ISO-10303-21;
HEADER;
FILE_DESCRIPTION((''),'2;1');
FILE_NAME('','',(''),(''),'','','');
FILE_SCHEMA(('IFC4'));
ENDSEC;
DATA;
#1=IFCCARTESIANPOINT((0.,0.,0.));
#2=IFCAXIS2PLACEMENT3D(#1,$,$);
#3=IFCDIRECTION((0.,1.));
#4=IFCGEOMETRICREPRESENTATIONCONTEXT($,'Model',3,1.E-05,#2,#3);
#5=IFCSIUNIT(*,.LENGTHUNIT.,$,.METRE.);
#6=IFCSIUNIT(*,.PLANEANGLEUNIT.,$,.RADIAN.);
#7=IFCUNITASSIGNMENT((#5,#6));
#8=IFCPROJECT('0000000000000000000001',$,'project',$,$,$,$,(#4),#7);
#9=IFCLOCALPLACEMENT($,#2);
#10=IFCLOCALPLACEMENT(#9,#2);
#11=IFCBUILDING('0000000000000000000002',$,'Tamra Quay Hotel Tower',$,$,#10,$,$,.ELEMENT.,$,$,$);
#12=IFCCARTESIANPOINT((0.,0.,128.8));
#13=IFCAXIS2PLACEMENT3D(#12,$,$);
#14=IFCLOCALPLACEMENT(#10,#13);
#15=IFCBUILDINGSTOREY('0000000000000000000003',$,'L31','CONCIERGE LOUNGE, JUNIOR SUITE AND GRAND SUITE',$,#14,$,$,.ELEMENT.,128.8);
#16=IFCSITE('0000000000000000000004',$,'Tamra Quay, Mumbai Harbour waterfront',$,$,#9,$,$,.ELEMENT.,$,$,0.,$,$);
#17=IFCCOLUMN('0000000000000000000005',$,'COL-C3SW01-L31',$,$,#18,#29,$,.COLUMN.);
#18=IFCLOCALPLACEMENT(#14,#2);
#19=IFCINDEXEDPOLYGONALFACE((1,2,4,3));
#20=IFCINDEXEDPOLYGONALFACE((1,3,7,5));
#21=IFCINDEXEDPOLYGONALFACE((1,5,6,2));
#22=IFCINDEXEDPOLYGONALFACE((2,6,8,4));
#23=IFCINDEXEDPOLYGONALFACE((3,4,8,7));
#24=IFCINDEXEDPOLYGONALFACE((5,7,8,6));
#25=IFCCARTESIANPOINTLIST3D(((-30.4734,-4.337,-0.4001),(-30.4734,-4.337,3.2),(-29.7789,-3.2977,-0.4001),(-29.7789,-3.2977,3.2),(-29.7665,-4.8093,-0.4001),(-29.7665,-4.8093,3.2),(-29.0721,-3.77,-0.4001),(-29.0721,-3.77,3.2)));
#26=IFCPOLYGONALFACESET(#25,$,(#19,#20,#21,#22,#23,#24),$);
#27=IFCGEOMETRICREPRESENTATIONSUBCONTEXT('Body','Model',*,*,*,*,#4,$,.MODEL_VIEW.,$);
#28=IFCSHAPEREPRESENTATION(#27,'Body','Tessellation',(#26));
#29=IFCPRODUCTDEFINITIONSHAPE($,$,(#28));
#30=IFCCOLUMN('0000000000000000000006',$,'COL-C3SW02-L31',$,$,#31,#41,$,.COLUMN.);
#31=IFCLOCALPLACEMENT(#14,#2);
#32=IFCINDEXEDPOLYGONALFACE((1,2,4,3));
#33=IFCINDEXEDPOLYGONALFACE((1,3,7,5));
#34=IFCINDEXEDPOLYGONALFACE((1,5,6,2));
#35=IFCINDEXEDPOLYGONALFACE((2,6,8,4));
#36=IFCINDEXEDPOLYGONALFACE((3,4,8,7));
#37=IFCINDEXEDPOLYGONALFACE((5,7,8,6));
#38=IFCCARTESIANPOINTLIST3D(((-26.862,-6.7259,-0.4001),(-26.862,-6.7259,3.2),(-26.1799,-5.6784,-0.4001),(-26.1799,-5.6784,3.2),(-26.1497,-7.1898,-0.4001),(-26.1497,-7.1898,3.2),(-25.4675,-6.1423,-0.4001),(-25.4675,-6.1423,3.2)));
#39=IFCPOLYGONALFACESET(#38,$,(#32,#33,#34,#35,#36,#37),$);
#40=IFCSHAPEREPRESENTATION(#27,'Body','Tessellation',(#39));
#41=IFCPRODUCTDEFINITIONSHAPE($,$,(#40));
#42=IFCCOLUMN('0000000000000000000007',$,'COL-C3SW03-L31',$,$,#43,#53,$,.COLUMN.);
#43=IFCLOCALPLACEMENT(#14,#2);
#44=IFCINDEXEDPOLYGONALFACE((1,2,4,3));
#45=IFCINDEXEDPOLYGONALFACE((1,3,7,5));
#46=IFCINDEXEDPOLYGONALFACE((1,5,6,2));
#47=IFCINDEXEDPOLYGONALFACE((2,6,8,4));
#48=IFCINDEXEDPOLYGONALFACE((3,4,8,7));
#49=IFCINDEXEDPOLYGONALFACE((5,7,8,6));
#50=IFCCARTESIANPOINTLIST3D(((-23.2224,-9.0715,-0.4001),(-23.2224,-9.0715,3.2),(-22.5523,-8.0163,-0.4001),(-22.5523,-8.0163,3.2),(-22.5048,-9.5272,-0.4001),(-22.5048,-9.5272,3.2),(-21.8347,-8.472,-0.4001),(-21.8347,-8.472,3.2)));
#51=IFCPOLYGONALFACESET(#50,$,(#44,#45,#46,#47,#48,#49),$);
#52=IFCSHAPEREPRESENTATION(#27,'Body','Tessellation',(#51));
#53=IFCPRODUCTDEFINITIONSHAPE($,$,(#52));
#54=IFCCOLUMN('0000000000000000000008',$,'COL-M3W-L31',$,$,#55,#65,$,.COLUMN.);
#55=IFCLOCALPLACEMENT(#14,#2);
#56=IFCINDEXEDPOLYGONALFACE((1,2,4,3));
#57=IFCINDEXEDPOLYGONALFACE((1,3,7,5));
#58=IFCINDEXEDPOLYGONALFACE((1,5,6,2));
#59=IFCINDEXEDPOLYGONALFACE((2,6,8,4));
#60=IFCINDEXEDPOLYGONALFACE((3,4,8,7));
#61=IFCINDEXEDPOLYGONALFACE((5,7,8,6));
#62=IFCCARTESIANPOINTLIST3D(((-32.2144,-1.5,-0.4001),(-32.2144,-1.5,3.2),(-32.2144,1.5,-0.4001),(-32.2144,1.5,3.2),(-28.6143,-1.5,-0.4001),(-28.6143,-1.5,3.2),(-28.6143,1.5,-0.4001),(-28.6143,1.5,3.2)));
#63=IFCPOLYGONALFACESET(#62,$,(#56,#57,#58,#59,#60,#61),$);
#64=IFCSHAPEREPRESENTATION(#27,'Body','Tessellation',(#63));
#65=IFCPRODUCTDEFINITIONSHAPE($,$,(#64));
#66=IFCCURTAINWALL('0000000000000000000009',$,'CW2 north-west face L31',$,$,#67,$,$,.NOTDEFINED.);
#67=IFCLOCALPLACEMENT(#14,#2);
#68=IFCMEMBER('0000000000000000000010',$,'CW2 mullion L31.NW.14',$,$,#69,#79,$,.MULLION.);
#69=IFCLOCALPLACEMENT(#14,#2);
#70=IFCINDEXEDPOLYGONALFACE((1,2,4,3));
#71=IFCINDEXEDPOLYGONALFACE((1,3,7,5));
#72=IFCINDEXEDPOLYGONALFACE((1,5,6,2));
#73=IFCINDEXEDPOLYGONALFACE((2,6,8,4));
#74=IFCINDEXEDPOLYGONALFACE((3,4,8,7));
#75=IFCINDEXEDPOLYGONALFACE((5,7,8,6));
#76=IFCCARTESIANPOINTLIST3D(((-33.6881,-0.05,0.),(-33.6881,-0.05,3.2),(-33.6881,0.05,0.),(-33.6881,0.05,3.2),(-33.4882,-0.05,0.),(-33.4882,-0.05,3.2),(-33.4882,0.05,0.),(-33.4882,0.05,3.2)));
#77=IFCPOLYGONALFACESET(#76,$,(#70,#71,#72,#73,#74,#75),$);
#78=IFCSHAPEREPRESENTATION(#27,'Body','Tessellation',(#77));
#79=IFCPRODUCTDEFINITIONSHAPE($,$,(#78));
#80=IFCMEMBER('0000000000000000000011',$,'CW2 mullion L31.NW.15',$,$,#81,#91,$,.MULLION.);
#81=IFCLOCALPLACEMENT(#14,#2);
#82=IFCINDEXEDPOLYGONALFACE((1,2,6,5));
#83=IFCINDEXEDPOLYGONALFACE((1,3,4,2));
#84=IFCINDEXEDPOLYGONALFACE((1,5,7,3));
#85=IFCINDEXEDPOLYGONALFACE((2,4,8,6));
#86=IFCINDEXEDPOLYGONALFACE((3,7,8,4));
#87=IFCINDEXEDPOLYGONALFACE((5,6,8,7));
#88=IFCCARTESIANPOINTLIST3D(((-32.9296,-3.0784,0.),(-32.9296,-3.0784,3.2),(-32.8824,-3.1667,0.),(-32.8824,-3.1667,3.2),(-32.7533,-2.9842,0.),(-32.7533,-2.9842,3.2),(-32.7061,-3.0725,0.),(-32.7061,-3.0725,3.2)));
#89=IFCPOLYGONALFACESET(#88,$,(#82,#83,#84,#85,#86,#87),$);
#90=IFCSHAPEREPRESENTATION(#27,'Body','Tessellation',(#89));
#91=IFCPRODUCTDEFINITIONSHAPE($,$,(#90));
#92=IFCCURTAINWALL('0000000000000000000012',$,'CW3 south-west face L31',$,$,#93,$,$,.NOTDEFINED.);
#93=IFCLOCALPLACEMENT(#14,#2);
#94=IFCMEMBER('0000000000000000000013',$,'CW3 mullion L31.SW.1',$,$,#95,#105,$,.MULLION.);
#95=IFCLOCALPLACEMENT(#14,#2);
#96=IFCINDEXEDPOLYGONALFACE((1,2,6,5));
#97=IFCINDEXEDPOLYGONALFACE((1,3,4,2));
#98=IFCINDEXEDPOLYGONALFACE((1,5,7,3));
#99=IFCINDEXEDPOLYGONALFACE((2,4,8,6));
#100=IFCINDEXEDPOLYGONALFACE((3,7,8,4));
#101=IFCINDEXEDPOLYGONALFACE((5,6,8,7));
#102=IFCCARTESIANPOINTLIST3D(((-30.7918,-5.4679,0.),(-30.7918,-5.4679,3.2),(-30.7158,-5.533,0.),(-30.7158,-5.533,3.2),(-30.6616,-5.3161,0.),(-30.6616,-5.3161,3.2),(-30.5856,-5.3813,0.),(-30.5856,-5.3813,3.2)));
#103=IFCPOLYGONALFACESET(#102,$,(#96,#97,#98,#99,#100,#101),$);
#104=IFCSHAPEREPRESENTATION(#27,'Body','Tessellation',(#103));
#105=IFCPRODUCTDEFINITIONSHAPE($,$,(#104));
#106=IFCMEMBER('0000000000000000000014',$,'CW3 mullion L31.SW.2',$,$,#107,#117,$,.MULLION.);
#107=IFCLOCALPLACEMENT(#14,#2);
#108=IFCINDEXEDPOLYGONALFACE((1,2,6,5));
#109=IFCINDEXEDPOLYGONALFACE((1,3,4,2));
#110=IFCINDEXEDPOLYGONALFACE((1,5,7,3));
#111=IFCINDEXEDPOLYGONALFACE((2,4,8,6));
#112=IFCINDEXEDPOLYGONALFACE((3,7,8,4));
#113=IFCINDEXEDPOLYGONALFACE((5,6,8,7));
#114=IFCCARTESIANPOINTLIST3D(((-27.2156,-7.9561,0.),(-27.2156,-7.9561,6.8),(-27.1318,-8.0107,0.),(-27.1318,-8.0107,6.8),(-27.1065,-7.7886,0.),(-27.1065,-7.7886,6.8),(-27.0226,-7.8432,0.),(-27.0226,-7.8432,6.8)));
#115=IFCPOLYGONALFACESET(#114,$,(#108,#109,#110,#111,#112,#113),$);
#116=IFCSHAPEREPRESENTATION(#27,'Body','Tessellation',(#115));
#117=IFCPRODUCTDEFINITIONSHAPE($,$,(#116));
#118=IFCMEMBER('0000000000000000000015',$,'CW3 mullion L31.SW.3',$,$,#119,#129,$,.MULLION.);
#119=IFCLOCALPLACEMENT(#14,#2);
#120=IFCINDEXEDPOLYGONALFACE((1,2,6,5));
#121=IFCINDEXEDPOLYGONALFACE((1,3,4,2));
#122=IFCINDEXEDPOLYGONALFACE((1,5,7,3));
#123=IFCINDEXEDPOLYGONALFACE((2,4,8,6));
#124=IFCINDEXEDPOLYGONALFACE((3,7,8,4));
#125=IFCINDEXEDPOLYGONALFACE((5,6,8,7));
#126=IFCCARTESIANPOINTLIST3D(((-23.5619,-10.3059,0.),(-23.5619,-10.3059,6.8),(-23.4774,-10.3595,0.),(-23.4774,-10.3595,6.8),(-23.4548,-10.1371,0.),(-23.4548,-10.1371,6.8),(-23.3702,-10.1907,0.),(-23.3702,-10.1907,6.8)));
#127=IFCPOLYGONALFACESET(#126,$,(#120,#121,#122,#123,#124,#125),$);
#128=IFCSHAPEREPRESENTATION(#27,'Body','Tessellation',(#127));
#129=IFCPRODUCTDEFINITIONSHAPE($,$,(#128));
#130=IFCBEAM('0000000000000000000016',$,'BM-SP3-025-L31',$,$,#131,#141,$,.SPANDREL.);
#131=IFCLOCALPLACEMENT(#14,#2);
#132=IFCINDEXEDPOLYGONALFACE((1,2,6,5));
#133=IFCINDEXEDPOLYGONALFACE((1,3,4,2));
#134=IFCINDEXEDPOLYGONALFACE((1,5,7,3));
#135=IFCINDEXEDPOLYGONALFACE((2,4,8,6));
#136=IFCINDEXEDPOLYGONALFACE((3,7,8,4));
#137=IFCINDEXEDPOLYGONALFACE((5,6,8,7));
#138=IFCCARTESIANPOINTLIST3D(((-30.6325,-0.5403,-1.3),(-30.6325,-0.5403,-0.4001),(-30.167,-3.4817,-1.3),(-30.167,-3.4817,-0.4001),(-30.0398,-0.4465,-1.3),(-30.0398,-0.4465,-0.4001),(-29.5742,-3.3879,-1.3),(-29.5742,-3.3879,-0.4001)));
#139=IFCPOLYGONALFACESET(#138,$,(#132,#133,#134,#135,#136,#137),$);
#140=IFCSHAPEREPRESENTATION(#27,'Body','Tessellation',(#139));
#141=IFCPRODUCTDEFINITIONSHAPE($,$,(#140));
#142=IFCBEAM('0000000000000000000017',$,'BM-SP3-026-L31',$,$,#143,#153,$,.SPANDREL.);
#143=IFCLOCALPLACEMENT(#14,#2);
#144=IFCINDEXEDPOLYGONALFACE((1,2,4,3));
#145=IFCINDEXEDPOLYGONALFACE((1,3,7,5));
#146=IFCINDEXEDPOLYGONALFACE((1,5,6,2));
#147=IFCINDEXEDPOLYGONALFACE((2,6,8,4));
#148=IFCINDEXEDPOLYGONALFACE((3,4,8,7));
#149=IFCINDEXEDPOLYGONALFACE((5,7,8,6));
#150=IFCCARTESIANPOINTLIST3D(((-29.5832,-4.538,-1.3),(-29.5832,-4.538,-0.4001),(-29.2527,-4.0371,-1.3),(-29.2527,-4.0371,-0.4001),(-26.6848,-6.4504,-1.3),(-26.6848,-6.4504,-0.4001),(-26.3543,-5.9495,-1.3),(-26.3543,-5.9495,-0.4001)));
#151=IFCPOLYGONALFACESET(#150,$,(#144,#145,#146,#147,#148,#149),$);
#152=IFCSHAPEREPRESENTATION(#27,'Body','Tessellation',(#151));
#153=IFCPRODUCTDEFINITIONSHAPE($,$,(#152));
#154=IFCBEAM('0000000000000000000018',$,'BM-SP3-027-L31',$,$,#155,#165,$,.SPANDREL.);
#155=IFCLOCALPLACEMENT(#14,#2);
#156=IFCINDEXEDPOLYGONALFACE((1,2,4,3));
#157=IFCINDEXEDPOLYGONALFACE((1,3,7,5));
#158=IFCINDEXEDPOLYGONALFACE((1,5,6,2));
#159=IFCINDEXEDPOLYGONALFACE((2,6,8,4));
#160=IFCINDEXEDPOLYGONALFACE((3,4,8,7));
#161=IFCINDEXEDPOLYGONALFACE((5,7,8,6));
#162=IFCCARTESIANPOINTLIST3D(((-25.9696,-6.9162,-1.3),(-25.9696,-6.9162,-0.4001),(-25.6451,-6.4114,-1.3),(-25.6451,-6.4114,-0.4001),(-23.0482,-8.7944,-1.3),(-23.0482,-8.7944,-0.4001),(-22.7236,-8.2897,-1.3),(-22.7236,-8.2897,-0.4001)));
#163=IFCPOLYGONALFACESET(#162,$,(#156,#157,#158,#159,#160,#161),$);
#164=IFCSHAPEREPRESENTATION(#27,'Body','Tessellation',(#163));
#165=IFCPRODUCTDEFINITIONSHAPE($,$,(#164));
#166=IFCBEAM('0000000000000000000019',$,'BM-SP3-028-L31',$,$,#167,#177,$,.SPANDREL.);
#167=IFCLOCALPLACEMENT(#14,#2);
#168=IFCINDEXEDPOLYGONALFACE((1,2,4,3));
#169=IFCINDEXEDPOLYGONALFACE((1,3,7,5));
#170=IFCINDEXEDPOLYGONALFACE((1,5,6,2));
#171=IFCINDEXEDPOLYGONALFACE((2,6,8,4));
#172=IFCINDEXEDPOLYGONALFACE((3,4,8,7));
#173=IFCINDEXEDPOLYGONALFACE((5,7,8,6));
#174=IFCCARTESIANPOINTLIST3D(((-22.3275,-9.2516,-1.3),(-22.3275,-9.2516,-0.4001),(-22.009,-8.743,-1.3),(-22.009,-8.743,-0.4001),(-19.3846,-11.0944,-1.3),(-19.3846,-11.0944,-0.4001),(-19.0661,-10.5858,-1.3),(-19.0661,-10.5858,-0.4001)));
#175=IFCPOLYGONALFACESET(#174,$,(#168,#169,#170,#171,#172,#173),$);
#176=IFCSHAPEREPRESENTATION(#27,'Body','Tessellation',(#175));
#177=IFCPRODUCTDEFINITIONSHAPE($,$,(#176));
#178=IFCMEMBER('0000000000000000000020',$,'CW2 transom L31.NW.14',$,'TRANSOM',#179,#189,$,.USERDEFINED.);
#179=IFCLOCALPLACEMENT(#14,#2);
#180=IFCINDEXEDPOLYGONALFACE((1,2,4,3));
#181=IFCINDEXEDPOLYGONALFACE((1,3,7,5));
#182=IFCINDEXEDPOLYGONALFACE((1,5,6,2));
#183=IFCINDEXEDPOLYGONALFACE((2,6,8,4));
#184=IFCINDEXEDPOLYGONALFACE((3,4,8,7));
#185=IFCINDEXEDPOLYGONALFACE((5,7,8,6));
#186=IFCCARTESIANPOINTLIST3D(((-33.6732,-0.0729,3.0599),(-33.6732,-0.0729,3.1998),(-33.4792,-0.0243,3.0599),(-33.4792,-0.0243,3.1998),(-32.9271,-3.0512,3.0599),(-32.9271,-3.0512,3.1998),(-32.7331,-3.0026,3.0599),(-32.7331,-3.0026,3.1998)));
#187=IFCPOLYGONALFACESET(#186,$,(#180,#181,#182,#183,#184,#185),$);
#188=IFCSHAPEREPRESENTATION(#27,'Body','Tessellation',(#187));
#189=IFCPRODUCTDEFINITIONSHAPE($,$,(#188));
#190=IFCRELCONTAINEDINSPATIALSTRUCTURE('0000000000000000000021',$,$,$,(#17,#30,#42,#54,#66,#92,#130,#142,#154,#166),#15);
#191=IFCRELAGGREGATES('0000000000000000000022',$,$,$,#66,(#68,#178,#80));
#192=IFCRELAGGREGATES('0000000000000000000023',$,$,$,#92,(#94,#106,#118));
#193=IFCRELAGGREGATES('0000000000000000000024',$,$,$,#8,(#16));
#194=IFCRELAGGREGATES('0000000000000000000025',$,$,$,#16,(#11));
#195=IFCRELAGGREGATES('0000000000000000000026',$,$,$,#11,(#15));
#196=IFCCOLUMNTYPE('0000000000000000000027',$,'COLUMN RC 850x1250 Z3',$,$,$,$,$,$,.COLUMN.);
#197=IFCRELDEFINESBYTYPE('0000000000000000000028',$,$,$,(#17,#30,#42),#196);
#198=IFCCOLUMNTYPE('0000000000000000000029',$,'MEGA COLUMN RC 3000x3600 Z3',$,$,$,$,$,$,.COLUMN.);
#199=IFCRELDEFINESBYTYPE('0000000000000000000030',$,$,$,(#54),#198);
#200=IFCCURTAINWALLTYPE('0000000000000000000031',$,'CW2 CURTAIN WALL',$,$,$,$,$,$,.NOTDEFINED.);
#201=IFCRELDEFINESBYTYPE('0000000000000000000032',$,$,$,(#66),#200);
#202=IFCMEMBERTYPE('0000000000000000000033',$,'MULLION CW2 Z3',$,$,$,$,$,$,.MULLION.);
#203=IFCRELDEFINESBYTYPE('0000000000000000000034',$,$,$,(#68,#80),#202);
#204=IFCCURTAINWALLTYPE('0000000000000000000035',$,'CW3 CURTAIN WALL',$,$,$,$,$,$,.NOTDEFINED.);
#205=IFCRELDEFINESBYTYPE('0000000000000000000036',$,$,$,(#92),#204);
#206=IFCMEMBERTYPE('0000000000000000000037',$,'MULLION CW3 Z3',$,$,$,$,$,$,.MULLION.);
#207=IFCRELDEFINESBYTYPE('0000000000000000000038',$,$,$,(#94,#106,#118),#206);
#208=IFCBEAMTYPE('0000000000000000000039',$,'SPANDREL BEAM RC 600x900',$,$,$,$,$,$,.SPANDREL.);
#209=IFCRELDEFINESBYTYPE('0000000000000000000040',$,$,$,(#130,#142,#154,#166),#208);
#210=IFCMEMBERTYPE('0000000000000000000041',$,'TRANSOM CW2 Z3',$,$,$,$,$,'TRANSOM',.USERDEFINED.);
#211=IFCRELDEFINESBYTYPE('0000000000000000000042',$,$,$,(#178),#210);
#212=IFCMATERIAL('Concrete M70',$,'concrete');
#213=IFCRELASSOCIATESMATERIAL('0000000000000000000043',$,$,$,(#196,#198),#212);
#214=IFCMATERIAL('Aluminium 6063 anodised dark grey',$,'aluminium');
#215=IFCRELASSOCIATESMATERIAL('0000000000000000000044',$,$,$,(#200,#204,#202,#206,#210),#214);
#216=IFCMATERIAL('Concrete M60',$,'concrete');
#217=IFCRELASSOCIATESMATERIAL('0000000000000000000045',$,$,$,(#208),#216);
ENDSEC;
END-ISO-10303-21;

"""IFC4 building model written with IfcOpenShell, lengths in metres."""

from ifc_helpers import new_model, si_unit, direction, frame, origin, origin_2d, place, context, subcontext, project, spatial, rectangle, extrude, material, material_profile, profile_set, type_object, element, aggregate, save


model = new_model("IFC4")

# Units and contexts
model_context = context("Model", 3, precision=1e-05, world=origin(), true_north=direction((0.0, 1.0)))
body_context = subcontext(model_context, "Body", "Model", "MODEL_VIEW")
ifc_project = project(units=[si_unit("LENGTHUNIT", "METRE"), si_unit("PLANEANGLEUNIT", "RADIAN")], contexts=[model_context])

# Site, building, storey
site_placement = place(None, origin())
site = spatial("IfcSite", under=ifc_project, at=site_placement, Name="Tamra Quay, Mumbai Harbour waterfront", CompositionType="ELEMENT", RefElevation=0.0)
building_placement = place(site_placement, origin())
building = spatial("IfcBuilding", under=site, at=building_placement, Name="Tamra Quay Hotel Tower", CompositionType="ELEMENT")
storey_placement = place(building_placement, frame((0.0, 0.0, 128.8)))
storey = spatial("IfcBuildingStorey", under=building, at=storey_placement, Name="L31", Description="CONCIERGE LOUNGE, JUNIOR SUITE AND GRAND SUITE", CompositionType="ELEMENT", Elevation=128.8)

# Columns
ifc_material_1 = material(Name="Concrete M70", Category="concrete")
ifc_material_profile_1 = material_profile(ifc_material_1, rectangle(XDim=1.25, YDim=0.8501, at=origin_2d()), Name="COLUMN RC 850x1250 Z3")
ifc_profile_set_1 = profile_set([ifc_material_profile_1], Name="Concrete M70")
column_type_1 = type_object("IfcColumnType", Name="COLUMN RC 850x1250 Z3", PredefinedType="COLUMN", material=ifc_profile_set_1)
for number, where, z_axis, x_axis, name in (
    (1, (-29.7727, -4.0535, -0.4001), (0.0, 0.0, 1.0), (0.555583, 0.831461, 0.0), "COL-C3SW01-L31"),
    (2, (-26.1648, -6.4341, -0.4001), (0.0, 0.0, 1.0), (0.545703, 0.837979, 0.0), "COL-C3SW02-L31"),
    (3, (-22.5286, -8.7717, -0.4001), (0.0, 0.0, 1.0), (0.536102, 0.844153, 0.0), "COL-C3SW03-L31"),
):
    element("IfcColumn", number, at=place(storey_placement, frame(where, z_axis=z_axis, x_axis=x_axis)), inside=storey, type_object=column_type_1, Name=name, PredefinedType="COLUMN", context=body_context, shape_type="SweptSolid", body=[
        extrude(rectangle(XDim=1.25, YDim=0.8501, at=origin_2d()), origin(), (0.0, 0.0, 1.0), 3.6001),
    ])
ifc_material_profile_2 = material_profile(ifc_material_1, rectangle(XDim=3.6001, YDim=3.0, at=origin_2d()), Name="MEGA COLUMN RC 3000x3600 Z3")
ifc_profile_set_2 = profile_set([ifc_material_profile_2], Name="Concrete M70")
column_type_2 = type_object("IfcColumnType", Name="MEGA COLUMN RC 3000x3600 Z3", PredefinedType="COLUMN", material=ifc_profile_set_2)
column_placement = place(storey_placement, frame((-30.4143, 0.0, -0.4001), z_axis=(0.0, 0.0, 1.0), x_axis=(1.0, 0.0, 0.0)))
element("IfcColumn", 4, at=column_placement, inside=storey, type_object=column_type_2, Name="COL-M3W-L31", PredefinedType="COLUMN", context=body_context, shape_type="SweptSolid", body=[
    extrude(rectangle(XDim=3.6001, YDim=3.0, at=origin_2d()), origin(), (0.0, 0.0, 1.0), 3.6001),
])

# Curtain walls, members
ifc_material_2 = material(Name="Aluminium 6063 anodised dark grey", Category="aluminium")
curtain_wall_type_1 = type_object("IfcCurtainWallType", Name="CW2 CURTAIN WALL", PredefinedType="NOTDEFINED", material=ifc_material_2)
curtain_wall_1_placement = place(storey_placement, origin())
curtain_wall_1 = element("IfcCurtainWall", 5, at=curtain_wall_1_placement, inside=storey, type_object=curtain_wall_type_1, Name="CW2 north-west face L31", PredefinedType="NOTDEFINED")
ifc_material_profile_3 = material_profile(ifc_material_2, rectangle(XDim=0.2, YDim=0.1001, at=origin_2d()), Name="MULLION 100X200")
ifc_profile_set_3 = profile_set([ifc_material_profile_3], Name="Aluminium 6063 anodised dark grey")
member_type_1 = type_object("IfcMemberType", Name="MULLION CW2 Z3", PredefinedType="MULLION", material=ifc_profile_set_3)
member_1_placement = place(storey_placement, frame((-33.5881, 0.0, 0.0), z_axis=(0.0, 0.0, 1.0), x_axis=(-1.0, 0.0, 0.0)))
member_1 = element("IfcMember", 6, at=member_1_placement, type_object=member_type_1, Name="CW2 mullion L31.NW.14", PredefinedType="MULLION", context=body_context, shape_type="SweptSolid", body=[
    extrude(rectangle(XDim=0.2, YDim=0.1001, at=origin_2d()), origin(), (0.0, 0.0, 1.0), 3.2),
])
member_2_placement = place(storey_placement, frame((-32.8179, -3.0754, 0.0), z_axis=(0.0, 0.0, 1.0), x_axis=(-0.881925, -0.471389, 0.0)))
member_2 = element("IfcMember", 7, at=member_2_placement, type_object=member_type_1, Name="CW2 mullion L31.NW.15", PredefinedType="MULLION", context=body_context, shape_type="SweptSolid", body=[
    extrude(rectangle(XDim=0.2, YDim=0.1001, at=origin_2d()), origin(), (0.0, 0.0, 1.0), 3.2),
])
curtain_wall_type_2 = type_object("IfcCurtainWallType", Name="CW3 CURTAIN WALL", PredefinedType="NOTDEFINED", material=ifc_material_2)
curtain_wall_2_placement = place(storey_placement, origin())
curtain_wall_2 = element("IfcCurtainWall", 8, at=curtain_wall_2_placement, inside=storey, type_object=curtain_wall_type_2, Name="CW3 south-west face L31", PredefinedType="NOTDEFINED")
ifc_material_profile_4 = material_profile(ifc_material_2, rectangle(XDim=0.2, YDim=0.1001, at=origin_2d()), Name="MULLION 100X200")
ifc_profile_set_4 = profile_set([ifc_material_profile_4], Name="Aluminium 6063 anodised dark grey")
member_type_2 = type_object("IfcMemberType", Name="MULLION CW3 Z3", PredefinedType="MULLION", material=ifc_profile_set_4)
member_3_placement = place(storey_placement, frame((-30.6887, -5.4246, 0.0), z_axis=(0.0, 0.0, 1.0), x_axis=(-0.650989, -0.759087, 0.0)))
member_3 = element("IfcMember", 9, at=member_3_placement, type_object=member_type_2, Name="CW3 mullion L31.SW.1", PredefinedType="MULLION", context=body_context, shape_type="SweptSolid", body=[
    extrude(rectangle(XDim=0.2, YDim=0.1001, at=origin_2d()), origin(), (0.0, 0.0, 1.0), 3.2),
])
member_4_placement = place(storey_placement, frame((-27.1191, -7.8997, 0.0), z_axis=(0.0, 0.0, 1.0), x_axis=(-0.54578, -0.837928, 0.0)))
member_4 = element("IfcMember", 10, at=member_4_placement, type_object=member_type_2, Name="CW3 mullion L31.SW.2", PredefinedType="MULLION", context=body_context, shape_type="SweptSolid", body=[
    extrude(rectangle(XDim=0.2, YDim=0.1001, at=origin_2d()), origin(), (0.0, 0.0, 1.0), 6.8),
])
member_5_placement = place(storey_placement, frame((-23.4661, -10.2483, 0.0), z_axis=(0.0, 0.0, 1.0), x_axis=(-0.53576, -0.84437, 0.0)))
member_5 = element("IfcMember", 11, at=member_5_placement, type_object=member_type_2, Name="CW3 mullion L31.SW.3", PredefinedType="MULLION", context=body_context, shape_type="SweptSolid", body=[
    extrude(rectangle(XDim=0.2, YDim=0.1001, at=origin_2d()), origin(), (0.0, 0.0, 1.0), 6.8),
])

# Beams
ifc_material_3 = material(Name="Concrete M60", Category="concrete")
ifc_material_profile_5 = material_profile(ifc_material_3, rectangle(XDim=0.6001, YDim=0.8999, at=origin_2d()), Name="SPANDREL BEAM RC 600x900")
ifc_profile_set_5 = profile_set([ifc_material_profile_5], Name="Concrete M60")
beam_type = type_object("IfcBeamType", Name="SPANDREL BEAM RC 600x900", PredefinedType="SPANDREL", material=ifc_profile_set_5)
beam_1_placement = place(storey_placement, frame((-30.3362, -0.4934, -0.8501), z_axis=(0.156337, -0.987704, 0.0), x_axis=(0.987704, 0.156337, 0.0)))
element("IfcBeam", 12, at=beam_1_placement, inside=storey, type_object=beam_type, Name="BM-SP3-025-L31", PredefinedType="SPANDREL", context=body_context, shape_type="SweptSolid", body=[
    extrude(rectangle(XDim=0.6001, YDim=0.8999, at=origin_2d()), origin(), (0.0, 0.0, 1.0), 2.978),
])
beam_2_placement = place(storey_placement, frame((-29.418, -4.2876, -0.8501), z_axis=(0.834691, -0.550719, 0.0), x_axis=(0.550719, 0.834691, 0.0)))
element("IfcBeam", 13, at=beam_2_placement, inside=storey, type_object=beam_type, Name="BM-SP3-026-L31", PredefinedType="SPANDREL", context=body_context, shape_type="SweptSolid", body=[
    extrude(rectangle(XDim=0.6001, YDim=0.8999, at=origin_2d()), origin(), (0.0, 0.0, 1.0), 3.4724),
])
beam_3_placement = place(storey_placement, frame((-25.8074, -6.6638, -0.8501), z_axis=(0.84116, -0.540786, 0.0), x_axis=(0.540786, 0.84116, 0.0)))
element("IfcBeam", 14, at=beam_3_placement, inside=storey, type_object=beam_type, Name="BM-SP3-027-L31", PredefinedType="SPANDREL", context=body_context, shape_type="SweptSolid", body=[
    extrude(rectangle(XDim=0.6001, YDim=0.8999, at=origin_2d()), origin(), (0.0, 0.0, 1.0), 3.4731),
])
beam_4_placement = place(storey_placement, frame((-22.1682, -8.9973, -0.8501), z_axis=(0.847548, -0.530719, 0.0), x_axis=(0.530719, 0.847548, 0.0)))
element("IfcBeam", 15, at=beam_4_placement, inside=storey, type_object=beam_type, Name="BM-SP3-028-L31", PredefinedType="SPANDREL", context=body_context, shape_type="SweptSolid", body=[
    extrude(rectangle(XDim=0.6001, YDim=0.8999, at=origin_2d()), origin(), (0.0, 0.0, 1.0), 3.4722),
])

# Member
ifc_material_profile_6 = material_profile(ifc_material_2, rectangle(XDim=0.2, YDim=0.1399, at=origin_2d()), Name="TRANSOM 200X140")
ifc_profile_set_6 = profile_set([ifc_material_profile_6], Name="Aluminium 6063 anodised dark grey")
member_type_3 = type_object("IfcMemberType", Name="TRANSOM CW2 Z3", ElementType="TRANSOM", PredefinedType="USERDEFINED", material=ifc_profile_set_6)
member_6_placement = place(storey_placement, frame((-33.5762, -0.0486, 3.1299), z_axis=(0.243003, -0.970025, 0.0), x_axis=(0.970025, 0.243003, 0.0)))
member_6 = element("IfcMember", 16, at=member_6_placement, type_object=member_type_3, Name="CW2 transom L31.NW.14", ObjectType="TRANSOM", PredefinedType="USERDEFINED", context=body_context, shape_type="SweptSolid", body=[
    extrude(rectangle(XDim=0.2, YDim=0.1399, at=origin_2d()), origin(), (0.0, 0.0, 1.0), 3.0703),
])

aggregate(curtain_wall_1, [member_1, member_6, member_2])
aggregate(curtain_wall_2, [member_3, member_4, member_5])

save(model, "model.ifc")
